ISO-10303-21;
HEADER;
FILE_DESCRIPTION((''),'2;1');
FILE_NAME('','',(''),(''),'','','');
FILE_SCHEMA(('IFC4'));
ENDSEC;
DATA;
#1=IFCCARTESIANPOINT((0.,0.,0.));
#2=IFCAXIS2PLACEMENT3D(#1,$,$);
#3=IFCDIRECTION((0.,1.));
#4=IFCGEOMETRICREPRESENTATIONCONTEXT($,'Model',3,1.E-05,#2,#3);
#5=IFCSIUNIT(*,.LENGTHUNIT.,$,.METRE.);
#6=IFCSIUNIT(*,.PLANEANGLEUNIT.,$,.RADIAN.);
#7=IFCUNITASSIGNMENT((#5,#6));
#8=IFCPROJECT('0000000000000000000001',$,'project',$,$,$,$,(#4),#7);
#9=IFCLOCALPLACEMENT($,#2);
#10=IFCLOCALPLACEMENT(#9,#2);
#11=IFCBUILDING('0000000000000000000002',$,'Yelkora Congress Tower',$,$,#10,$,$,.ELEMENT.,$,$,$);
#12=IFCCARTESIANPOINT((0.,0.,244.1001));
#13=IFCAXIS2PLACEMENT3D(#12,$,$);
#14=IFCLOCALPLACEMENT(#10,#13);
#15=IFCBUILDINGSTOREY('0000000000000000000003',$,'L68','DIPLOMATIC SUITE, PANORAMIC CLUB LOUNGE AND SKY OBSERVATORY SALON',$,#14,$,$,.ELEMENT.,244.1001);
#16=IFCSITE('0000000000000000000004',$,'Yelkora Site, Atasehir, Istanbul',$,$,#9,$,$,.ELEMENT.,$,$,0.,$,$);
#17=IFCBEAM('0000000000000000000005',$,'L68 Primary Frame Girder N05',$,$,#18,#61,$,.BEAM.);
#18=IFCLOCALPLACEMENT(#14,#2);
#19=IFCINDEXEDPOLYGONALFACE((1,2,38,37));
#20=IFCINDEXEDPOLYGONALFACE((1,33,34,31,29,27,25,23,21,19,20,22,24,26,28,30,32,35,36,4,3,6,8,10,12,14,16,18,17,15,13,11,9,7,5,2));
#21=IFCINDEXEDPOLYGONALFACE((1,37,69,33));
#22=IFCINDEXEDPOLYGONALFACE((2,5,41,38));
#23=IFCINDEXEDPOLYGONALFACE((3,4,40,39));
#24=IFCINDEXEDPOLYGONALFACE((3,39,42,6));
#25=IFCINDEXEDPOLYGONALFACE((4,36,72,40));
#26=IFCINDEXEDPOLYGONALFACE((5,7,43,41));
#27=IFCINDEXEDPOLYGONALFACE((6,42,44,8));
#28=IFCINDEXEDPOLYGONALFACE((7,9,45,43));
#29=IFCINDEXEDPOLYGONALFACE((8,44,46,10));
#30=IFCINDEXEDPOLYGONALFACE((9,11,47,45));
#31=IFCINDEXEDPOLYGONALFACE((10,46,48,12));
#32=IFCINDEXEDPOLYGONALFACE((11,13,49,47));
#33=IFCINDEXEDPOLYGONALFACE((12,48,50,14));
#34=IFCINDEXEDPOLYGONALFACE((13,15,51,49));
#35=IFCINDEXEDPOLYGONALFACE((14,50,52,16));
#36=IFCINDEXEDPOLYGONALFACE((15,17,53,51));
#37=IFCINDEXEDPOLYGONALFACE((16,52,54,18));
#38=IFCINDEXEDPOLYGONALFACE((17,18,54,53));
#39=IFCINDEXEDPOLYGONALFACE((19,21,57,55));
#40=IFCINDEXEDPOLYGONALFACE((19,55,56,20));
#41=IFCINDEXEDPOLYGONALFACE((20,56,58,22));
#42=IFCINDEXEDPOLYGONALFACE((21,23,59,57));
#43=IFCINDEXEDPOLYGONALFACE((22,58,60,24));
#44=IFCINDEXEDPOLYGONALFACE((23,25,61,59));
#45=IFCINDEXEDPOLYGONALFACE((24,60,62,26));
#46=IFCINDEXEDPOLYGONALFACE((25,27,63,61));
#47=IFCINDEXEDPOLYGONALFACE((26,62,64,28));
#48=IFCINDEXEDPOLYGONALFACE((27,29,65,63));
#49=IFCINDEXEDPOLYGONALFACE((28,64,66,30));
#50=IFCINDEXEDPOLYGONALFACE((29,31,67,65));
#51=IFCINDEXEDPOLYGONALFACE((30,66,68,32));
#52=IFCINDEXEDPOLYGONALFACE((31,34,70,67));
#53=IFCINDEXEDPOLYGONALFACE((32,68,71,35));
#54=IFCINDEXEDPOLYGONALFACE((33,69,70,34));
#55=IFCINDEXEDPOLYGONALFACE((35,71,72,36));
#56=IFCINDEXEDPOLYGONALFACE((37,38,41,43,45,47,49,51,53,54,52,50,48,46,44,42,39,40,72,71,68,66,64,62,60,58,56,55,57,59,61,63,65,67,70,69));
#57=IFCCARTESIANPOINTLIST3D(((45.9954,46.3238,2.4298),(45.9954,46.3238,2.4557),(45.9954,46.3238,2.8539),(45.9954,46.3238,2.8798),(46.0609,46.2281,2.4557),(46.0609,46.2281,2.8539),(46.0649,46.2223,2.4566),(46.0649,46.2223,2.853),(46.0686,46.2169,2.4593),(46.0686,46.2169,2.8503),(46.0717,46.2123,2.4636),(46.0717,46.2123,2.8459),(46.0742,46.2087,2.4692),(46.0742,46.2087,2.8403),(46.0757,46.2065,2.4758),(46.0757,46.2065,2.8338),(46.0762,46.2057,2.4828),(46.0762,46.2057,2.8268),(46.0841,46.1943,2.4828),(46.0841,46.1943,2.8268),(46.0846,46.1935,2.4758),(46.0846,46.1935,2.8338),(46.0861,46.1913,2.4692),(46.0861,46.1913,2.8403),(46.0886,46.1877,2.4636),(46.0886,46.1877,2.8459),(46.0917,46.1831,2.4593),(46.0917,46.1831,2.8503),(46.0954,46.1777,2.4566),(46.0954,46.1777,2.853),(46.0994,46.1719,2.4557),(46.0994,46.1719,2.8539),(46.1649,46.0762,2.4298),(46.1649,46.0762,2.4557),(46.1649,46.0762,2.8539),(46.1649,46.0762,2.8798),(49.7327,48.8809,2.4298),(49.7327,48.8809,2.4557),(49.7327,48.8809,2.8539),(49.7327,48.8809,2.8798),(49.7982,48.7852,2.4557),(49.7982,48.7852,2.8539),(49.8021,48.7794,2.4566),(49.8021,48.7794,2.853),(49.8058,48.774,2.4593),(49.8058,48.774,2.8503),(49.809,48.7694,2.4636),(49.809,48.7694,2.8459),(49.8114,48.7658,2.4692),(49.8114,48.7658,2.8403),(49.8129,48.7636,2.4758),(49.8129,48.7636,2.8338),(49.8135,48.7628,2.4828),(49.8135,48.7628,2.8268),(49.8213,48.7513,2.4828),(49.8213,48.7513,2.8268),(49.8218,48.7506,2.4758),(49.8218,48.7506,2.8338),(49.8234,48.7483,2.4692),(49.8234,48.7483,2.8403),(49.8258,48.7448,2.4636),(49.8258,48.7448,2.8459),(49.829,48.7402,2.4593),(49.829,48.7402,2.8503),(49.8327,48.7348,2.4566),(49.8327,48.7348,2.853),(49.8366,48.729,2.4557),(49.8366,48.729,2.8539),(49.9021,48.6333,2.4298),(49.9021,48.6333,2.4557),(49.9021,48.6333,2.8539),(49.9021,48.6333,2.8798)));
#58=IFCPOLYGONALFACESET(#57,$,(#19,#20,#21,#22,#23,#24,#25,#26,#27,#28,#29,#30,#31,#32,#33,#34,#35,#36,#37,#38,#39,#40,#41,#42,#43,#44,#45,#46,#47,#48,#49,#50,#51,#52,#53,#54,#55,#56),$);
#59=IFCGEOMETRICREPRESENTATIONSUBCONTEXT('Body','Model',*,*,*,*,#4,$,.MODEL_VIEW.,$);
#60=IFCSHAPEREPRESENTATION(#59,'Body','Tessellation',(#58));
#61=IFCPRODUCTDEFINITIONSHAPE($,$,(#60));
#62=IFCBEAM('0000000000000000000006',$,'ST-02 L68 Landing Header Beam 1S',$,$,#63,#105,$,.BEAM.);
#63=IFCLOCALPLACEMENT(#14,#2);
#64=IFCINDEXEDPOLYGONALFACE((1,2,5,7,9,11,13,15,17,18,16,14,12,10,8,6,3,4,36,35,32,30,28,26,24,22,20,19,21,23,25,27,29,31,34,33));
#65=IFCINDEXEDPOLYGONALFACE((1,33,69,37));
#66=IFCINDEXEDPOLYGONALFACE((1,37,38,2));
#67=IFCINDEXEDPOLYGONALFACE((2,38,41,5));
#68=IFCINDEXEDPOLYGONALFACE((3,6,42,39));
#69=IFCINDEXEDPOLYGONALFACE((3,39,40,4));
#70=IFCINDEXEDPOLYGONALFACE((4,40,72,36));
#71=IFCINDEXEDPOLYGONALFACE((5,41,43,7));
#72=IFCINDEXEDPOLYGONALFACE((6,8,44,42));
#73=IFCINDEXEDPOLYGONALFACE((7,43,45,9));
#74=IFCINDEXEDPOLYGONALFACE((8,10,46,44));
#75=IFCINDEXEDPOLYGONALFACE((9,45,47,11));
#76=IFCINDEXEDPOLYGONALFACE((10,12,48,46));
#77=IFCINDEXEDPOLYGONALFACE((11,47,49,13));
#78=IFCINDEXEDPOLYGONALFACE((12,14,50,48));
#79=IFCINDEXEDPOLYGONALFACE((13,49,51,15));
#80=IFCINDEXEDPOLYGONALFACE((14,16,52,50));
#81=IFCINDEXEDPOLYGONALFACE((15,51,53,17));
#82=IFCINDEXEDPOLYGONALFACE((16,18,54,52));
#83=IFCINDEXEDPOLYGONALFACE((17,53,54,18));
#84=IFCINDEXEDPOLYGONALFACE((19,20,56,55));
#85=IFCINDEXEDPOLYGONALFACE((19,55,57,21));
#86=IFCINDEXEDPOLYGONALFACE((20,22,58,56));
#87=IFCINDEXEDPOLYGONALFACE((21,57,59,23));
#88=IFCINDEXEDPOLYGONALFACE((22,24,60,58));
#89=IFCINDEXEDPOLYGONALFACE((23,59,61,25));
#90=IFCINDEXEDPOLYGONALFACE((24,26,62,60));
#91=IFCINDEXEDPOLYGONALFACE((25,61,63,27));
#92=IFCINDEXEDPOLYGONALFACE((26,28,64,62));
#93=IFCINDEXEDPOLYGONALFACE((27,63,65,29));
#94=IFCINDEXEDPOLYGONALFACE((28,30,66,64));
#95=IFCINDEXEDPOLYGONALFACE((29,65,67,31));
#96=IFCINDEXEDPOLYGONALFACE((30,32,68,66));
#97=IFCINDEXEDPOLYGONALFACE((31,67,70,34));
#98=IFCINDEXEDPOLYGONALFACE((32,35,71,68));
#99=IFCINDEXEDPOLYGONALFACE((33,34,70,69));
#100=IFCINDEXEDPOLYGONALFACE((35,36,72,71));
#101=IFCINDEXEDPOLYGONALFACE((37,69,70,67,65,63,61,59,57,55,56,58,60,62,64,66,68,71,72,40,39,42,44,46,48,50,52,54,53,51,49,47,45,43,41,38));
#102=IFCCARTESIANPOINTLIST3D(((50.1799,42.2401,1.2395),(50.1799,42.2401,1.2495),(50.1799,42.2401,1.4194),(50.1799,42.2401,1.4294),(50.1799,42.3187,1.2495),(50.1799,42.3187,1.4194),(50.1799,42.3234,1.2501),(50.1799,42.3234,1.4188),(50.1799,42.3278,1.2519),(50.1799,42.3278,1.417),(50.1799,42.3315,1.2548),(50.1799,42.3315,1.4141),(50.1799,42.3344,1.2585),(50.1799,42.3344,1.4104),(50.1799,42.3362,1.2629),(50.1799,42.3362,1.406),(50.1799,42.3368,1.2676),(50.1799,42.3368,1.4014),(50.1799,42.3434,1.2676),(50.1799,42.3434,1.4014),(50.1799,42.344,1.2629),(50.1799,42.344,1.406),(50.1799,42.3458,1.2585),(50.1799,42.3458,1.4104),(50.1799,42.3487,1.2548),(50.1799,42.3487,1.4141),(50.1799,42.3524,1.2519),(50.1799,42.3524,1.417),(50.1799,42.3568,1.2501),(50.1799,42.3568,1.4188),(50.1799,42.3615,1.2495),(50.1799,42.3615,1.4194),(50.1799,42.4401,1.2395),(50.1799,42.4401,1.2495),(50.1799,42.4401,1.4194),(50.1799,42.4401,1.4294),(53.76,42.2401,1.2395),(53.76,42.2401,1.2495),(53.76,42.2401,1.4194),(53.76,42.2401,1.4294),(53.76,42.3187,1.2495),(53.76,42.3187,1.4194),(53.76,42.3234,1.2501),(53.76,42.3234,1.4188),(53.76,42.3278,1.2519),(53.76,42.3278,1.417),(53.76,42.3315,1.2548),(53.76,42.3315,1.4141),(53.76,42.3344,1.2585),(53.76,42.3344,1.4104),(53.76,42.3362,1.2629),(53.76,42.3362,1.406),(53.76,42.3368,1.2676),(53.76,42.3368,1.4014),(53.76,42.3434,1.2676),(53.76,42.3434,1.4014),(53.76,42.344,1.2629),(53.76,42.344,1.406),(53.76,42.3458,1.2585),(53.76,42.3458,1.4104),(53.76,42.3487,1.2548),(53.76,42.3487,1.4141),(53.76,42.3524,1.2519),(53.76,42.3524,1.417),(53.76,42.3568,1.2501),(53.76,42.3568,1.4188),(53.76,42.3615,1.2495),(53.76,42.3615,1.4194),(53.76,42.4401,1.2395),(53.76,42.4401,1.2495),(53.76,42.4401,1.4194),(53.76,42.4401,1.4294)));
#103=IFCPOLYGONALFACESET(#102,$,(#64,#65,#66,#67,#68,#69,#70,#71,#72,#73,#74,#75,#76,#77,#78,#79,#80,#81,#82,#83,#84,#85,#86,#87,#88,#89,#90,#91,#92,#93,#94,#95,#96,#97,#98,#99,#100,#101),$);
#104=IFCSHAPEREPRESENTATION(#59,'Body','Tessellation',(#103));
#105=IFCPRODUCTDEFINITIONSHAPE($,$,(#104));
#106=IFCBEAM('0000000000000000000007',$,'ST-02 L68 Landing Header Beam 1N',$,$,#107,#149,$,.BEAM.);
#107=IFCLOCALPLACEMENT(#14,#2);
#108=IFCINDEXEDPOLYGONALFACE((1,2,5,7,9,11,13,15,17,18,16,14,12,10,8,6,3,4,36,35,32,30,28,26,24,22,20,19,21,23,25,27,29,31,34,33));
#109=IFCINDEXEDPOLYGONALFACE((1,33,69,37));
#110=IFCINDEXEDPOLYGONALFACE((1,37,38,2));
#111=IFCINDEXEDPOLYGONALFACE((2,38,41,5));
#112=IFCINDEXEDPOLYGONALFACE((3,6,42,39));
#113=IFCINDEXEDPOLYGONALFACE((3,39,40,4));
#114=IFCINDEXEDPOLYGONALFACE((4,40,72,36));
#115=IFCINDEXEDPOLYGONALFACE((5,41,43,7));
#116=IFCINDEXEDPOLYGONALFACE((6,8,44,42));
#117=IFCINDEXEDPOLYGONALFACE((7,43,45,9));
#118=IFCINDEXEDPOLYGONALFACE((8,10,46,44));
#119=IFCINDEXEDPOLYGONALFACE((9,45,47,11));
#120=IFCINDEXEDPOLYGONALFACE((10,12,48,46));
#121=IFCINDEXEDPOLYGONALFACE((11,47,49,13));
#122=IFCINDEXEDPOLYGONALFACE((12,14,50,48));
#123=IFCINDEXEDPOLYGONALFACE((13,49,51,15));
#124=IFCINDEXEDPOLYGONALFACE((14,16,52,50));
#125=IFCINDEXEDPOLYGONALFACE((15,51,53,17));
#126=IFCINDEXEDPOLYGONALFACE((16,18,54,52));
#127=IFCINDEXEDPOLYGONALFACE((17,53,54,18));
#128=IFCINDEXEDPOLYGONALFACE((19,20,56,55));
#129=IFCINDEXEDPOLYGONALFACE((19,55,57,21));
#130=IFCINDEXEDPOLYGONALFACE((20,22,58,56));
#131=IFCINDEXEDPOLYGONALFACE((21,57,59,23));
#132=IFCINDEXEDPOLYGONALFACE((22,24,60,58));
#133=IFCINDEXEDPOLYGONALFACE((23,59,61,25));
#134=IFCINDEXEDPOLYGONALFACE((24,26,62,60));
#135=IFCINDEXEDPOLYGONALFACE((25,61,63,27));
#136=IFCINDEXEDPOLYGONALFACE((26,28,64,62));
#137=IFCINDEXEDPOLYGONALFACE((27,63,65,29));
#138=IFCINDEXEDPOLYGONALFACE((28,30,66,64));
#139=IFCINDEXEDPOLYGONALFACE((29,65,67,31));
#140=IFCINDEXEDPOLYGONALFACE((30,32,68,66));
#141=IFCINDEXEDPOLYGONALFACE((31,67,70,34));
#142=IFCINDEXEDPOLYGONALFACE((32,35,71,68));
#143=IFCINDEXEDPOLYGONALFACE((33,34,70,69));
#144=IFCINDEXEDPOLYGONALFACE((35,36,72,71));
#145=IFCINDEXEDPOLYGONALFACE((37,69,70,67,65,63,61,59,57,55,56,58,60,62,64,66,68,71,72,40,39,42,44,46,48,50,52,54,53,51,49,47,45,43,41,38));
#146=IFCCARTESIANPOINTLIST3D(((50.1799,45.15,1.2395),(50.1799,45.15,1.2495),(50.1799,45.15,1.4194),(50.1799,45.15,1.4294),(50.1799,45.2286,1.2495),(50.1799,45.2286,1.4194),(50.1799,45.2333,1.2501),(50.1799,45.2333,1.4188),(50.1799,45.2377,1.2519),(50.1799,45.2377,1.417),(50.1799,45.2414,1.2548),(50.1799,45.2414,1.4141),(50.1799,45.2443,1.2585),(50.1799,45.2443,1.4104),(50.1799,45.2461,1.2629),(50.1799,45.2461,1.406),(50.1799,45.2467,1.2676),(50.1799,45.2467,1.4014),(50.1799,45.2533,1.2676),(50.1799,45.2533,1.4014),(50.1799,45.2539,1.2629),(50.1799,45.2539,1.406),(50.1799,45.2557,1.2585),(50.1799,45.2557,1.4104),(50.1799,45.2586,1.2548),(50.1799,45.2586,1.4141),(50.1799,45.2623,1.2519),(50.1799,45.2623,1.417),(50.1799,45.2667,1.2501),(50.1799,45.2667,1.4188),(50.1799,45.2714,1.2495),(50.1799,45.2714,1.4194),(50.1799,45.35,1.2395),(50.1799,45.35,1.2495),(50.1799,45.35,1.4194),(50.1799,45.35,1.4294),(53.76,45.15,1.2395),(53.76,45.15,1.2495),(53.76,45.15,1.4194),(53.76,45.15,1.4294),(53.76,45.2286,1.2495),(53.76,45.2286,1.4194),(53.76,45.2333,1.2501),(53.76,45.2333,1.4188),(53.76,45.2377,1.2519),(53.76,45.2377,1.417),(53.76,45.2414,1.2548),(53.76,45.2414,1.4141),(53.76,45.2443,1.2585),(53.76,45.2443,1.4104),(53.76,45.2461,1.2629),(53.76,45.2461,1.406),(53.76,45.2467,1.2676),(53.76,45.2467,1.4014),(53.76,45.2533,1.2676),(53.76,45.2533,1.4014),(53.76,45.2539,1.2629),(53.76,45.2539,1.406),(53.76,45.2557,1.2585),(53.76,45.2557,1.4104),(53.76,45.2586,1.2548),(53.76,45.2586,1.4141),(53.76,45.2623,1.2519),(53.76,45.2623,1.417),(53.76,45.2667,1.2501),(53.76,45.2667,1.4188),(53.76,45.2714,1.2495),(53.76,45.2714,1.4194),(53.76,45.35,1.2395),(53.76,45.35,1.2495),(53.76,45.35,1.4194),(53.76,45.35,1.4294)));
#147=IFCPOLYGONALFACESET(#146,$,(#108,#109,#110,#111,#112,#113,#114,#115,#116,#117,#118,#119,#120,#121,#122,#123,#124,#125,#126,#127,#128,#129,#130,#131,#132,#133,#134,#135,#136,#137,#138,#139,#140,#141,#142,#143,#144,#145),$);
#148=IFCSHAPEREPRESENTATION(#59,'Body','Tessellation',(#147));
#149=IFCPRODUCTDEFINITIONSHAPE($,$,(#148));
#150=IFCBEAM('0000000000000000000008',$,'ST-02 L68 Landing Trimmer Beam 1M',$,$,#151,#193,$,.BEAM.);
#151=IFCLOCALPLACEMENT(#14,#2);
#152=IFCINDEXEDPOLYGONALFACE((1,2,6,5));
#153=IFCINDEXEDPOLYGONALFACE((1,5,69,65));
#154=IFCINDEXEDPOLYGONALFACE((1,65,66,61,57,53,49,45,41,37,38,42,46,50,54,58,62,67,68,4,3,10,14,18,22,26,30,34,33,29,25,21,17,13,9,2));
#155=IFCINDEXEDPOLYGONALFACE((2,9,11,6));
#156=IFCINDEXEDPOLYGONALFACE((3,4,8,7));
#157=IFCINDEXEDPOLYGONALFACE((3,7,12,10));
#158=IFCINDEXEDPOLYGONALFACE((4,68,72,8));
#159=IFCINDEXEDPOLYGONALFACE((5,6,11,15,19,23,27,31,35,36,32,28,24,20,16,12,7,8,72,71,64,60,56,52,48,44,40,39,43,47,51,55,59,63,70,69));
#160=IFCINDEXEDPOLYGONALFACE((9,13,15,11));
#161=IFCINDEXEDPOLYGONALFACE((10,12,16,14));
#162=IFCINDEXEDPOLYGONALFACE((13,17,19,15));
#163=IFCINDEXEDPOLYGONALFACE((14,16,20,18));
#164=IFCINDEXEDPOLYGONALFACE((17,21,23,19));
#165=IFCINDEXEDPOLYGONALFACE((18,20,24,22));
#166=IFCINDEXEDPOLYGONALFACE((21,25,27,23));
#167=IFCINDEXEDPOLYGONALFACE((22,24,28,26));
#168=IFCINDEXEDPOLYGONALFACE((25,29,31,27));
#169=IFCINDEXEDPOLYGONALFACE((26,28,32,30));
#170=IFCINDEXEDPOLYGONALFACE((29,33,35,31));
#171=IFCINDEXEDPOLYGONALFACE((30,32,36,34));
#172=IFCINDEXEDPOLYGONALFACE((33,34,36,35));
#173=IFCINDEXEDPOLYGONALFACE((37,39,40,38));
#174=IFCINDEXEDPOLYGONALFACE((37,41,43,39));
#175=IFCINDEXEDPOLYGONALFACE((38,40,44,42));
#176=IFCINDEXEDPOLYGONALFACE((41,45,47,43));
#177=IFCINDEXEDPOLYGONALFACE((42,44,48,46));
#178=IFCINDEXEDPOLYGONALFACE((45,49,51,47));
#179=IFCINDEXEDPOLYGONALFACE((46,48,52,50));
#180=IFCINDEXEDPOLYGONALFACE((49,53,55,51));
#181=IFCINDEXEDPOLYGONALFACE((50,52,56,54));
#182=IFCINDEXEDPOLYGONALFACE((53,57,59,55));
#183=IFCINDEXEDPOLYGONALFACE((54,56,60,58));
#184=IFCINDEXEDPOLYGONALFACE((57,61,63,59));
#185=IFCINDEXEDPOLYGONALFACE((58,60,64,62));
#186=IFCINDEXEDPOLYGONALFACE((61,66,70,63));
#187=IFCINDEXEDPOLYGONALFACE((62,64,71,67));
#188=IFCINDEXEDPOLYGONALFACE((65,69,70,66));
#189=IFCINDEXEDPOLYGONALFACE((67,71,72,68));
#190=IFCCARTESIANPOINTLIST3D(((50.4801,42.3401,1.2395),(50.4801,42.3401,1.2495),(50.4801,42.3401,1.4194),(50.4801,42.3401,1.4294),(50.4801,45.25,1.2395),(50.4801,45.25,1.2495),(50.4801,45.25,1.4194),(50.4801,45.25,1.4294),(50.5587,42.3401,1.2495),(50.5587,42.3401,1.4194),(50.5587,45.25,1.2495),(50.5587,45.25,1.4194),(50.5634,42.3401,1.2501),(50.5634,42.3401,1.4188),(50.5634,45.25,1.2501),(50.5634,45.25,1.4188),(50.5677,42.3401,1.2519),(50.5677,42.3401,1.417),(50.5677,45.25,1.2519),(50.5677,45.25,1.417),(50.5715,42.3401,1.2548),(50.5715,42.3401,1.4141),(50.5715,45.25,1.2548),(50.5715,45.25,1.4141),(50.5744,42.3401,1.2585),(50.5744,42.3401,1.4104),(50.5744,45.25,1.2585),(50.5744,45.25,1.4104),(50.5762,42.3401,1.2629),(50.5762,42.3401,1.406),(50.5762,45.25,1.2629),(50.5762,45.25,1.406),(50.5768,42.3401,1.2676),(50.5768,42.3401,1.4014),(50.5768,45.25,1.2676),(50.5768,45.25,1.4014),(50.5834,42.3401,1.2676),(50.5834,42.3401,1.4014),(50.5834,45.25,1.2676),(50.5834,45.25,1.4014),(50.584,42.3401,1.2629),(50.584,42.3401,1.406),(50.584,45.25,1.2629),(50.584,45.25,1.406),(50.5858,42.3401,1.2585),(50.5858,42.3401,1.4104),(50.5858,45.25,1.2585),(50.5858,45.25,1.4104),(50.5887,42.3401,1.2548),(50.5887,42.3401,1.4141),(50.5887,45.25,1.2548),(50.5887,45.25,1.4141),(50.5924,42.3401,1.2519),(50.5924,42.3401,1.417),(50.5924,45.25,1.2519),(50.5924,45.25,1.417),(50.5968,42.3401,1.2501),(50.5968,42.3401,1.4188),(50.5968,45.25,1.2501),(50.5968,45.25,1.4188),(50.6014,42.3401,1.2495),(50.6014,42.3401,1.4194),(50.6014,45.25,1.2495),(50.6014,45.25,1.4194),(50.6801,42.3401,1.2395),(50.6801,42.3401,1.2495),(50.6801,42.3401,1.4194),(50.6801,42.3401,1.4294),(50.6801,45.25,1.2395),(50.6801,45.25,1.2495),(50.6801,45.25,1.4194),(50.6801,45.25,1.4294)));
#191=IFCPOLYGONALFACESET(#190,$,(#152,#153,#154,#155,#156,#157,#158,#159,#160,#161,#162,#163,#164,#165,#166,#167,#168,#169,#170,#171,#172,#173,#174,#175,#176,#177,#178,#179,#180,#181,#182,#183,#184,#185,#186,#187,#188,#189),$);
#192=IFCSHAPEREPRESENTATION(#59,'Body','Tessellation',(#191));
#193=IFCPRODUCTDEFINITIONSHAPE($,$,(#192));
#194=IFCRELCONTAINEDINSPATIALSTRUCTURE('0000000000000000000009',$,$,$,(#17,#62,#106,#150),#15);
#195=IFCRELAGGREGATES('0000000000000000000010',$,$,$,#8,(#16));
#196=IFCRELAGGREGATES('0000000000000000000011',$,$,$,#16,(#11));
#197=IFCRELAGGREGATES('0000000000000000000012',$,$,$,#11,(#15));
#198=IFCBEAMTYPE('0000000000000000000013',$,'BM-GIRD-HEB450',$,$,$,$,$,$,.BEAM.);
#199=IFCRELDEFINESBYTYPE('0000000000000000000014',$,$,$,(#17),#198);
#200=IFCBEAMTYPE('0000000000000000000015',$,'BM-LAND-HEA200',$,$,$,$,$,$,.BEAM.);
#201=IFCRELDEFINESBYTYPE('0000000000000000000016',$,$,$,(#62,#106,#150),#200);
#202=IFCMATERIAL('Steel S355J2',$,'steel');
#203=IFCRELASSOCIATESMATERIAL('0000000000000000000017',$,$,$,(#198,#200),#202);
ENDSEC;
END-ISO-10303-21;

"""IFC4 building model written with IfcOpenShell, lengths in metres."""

from ifc_helpers import new_model, si_unit, direction, frame, origin, origin_2d, place, context, subcontext, project, spatial, i_section, extrude, material, material_profile, profile_set, type_object, element, save


model = new_model("IFC4")

# Units and contexts
model_context = context("Model", 3, precision=1e-05, world=origin(), true_north=direction((0.0, 1.0)))
body_context = subcontext(model_context, "Body", "Model", "MODEL_VIEW")
ifc_project = project(units=[si_unit("LENGTHUNIT", "METRE"), si_unit("PLANEANGLEUNIT", "RADIAN")], contexts=[model_context])

# Site, building, storey
site_placement = place(None, origin())
site = spatial("IfcSite", under=ifc_project, at=site_placement, Name="Yelkora Site, Atasehir, Istanbul", CompositionType="ELEMENT", RefElevation=0.0)
building_placement = place(site_placement, origin())
building = spatial("IfcBuilding", under=site, at=building_placement, Name="Yelkora Congress Tower", CompositionType="ELEMENT")
storey_placement = place(building_placement, frame((0.0, 0.0, 244.1001)))
storey = spatial("IfcBuildingStorey", under=building, at=storey_placement, Name="L68", Description="DIPLOMATIC SUITE, PANORAMIC CLUB LOUNGE AND SKY OBSERVATORY SALON", CompositionType="ELEMENT", Elevation=244.1001)

# Shared definitions
ifc_material_1 = material(Name="Steel S355J2", Category="steel")

# Beams
ifc_material_profile_1 = material_profile(ifc_material_1, i_section(OverallWidth=0.3, OverallDepth=0.45, WebThickness=0.0139, FlangeThickness=0.0259, FilletRadius=0.0271, at=origin_2d()), Name="HEB 450")
ifc_profile_set_1 = profile_set([ifc_material_profile_1], Name="Steel S355J2")
beam_type_1 = type_object("IfcBeamType", Name="BM-GIRD-HEB450", PredefinedType="BEAM", material=ifc_profile_set_1)
beam_1_placement = place(storey_placement, frame((49.8174, 48.7571, 2.6548), z_axis=(-0.825305, -0.564688, 0.0), x_axis=(0.564688, -0.825305, 0.0)))
element("IfcBeam", 1, at=beam_1_placement, inside=storey, type_object=beam_type_1, Name="L68 Primary Frame Girder N05", PredefinedType="BEAM", context=body_context, shape_type="SweptSolid", body=[
    extrude(i_section(OverallWidth=0.3, OverallDepth=0.45, WebThickness=0.0139, FlangeThickness=0.0259, FilletRadius=0.0271, at=origin_2d()), origin(), (0.0, 0.0, 1.0), 4.5283),
])
ifc_material_profile_2 = material_profile(ifc_material_1, i_section(OverallWidth=0.2, OverallDepth=0.1899, WebThickness=0.0066, FlangeThickness=0.01, FilletRadius=0.0181, at=origin_2d()), Name="HEA 200")
ifc_profile_set_2 = profile_set([ifc_material_profile_2], Name="Steel S355J2")
beam_type_2 = type_object("IfcBeamType", Name="BM-LAND-HEA200", PredefinedType="BEAM", material=ifc_profile_set_2)
for number, where, z_axis, x_axis, name in (
    (2, (50.1799, 42.3401, 1.3345), (1.0, 0.0, 0.0), (0.0, 1.0, 0.0), "ST-02 L68 Landing Header Beam 1S"),
    (3, (50.1799, 45.25, 1.3345), (1.0, 0.0, 0.0), (0.0, 1.0, 0.0), "ST-02 L68 Landing Header Beam 1N"),
):
    element("IfcBeam", number, at=place(storey_placement, frame(where, z_axis=z_axis, x_axis=x_axis)), inside=storey, type_object=beam_type_2, Name=name, PredefinedType="BEAM", context=body_context, shape_type="SweptSolid", body=[
        extrude(i_section(OverallWidth=0.2, OverallDepth=0.1899, WebThickness=0.0066, FlangeThickness=0.01, FilletRadius=0.0181, at=origin_2d()), origin(), (0.0, 0.0, 1.0), 3.5801),
    ])
beam_2_placement = place(storey_placement, frame((50.5801, 42.3401, 1.3345), z_axis=(0.0, 1.0, 0.0), x_axis=(-1.0, 0.0, 0.0)))
element("IfcBeam", 4, at=beam_2_placement, inside=storey, type_object=beam_type_2, Name="ST-02 L68 Landing Trimmer Beam 1M", PredefinedType="BEAM", context=body_context, shape_type="SweptSolid", body=[
    extrude(i_section(OverallWidth=0.2, OverallDepth=0.1899, WebThickness=0.0066, FlangeThickness=0.01, FilletRadius=0.0181, at=origin_2d()), origin(), (0.0, 0.0, 1.0), 2.9099),
])

save(model, "model.ifc")
